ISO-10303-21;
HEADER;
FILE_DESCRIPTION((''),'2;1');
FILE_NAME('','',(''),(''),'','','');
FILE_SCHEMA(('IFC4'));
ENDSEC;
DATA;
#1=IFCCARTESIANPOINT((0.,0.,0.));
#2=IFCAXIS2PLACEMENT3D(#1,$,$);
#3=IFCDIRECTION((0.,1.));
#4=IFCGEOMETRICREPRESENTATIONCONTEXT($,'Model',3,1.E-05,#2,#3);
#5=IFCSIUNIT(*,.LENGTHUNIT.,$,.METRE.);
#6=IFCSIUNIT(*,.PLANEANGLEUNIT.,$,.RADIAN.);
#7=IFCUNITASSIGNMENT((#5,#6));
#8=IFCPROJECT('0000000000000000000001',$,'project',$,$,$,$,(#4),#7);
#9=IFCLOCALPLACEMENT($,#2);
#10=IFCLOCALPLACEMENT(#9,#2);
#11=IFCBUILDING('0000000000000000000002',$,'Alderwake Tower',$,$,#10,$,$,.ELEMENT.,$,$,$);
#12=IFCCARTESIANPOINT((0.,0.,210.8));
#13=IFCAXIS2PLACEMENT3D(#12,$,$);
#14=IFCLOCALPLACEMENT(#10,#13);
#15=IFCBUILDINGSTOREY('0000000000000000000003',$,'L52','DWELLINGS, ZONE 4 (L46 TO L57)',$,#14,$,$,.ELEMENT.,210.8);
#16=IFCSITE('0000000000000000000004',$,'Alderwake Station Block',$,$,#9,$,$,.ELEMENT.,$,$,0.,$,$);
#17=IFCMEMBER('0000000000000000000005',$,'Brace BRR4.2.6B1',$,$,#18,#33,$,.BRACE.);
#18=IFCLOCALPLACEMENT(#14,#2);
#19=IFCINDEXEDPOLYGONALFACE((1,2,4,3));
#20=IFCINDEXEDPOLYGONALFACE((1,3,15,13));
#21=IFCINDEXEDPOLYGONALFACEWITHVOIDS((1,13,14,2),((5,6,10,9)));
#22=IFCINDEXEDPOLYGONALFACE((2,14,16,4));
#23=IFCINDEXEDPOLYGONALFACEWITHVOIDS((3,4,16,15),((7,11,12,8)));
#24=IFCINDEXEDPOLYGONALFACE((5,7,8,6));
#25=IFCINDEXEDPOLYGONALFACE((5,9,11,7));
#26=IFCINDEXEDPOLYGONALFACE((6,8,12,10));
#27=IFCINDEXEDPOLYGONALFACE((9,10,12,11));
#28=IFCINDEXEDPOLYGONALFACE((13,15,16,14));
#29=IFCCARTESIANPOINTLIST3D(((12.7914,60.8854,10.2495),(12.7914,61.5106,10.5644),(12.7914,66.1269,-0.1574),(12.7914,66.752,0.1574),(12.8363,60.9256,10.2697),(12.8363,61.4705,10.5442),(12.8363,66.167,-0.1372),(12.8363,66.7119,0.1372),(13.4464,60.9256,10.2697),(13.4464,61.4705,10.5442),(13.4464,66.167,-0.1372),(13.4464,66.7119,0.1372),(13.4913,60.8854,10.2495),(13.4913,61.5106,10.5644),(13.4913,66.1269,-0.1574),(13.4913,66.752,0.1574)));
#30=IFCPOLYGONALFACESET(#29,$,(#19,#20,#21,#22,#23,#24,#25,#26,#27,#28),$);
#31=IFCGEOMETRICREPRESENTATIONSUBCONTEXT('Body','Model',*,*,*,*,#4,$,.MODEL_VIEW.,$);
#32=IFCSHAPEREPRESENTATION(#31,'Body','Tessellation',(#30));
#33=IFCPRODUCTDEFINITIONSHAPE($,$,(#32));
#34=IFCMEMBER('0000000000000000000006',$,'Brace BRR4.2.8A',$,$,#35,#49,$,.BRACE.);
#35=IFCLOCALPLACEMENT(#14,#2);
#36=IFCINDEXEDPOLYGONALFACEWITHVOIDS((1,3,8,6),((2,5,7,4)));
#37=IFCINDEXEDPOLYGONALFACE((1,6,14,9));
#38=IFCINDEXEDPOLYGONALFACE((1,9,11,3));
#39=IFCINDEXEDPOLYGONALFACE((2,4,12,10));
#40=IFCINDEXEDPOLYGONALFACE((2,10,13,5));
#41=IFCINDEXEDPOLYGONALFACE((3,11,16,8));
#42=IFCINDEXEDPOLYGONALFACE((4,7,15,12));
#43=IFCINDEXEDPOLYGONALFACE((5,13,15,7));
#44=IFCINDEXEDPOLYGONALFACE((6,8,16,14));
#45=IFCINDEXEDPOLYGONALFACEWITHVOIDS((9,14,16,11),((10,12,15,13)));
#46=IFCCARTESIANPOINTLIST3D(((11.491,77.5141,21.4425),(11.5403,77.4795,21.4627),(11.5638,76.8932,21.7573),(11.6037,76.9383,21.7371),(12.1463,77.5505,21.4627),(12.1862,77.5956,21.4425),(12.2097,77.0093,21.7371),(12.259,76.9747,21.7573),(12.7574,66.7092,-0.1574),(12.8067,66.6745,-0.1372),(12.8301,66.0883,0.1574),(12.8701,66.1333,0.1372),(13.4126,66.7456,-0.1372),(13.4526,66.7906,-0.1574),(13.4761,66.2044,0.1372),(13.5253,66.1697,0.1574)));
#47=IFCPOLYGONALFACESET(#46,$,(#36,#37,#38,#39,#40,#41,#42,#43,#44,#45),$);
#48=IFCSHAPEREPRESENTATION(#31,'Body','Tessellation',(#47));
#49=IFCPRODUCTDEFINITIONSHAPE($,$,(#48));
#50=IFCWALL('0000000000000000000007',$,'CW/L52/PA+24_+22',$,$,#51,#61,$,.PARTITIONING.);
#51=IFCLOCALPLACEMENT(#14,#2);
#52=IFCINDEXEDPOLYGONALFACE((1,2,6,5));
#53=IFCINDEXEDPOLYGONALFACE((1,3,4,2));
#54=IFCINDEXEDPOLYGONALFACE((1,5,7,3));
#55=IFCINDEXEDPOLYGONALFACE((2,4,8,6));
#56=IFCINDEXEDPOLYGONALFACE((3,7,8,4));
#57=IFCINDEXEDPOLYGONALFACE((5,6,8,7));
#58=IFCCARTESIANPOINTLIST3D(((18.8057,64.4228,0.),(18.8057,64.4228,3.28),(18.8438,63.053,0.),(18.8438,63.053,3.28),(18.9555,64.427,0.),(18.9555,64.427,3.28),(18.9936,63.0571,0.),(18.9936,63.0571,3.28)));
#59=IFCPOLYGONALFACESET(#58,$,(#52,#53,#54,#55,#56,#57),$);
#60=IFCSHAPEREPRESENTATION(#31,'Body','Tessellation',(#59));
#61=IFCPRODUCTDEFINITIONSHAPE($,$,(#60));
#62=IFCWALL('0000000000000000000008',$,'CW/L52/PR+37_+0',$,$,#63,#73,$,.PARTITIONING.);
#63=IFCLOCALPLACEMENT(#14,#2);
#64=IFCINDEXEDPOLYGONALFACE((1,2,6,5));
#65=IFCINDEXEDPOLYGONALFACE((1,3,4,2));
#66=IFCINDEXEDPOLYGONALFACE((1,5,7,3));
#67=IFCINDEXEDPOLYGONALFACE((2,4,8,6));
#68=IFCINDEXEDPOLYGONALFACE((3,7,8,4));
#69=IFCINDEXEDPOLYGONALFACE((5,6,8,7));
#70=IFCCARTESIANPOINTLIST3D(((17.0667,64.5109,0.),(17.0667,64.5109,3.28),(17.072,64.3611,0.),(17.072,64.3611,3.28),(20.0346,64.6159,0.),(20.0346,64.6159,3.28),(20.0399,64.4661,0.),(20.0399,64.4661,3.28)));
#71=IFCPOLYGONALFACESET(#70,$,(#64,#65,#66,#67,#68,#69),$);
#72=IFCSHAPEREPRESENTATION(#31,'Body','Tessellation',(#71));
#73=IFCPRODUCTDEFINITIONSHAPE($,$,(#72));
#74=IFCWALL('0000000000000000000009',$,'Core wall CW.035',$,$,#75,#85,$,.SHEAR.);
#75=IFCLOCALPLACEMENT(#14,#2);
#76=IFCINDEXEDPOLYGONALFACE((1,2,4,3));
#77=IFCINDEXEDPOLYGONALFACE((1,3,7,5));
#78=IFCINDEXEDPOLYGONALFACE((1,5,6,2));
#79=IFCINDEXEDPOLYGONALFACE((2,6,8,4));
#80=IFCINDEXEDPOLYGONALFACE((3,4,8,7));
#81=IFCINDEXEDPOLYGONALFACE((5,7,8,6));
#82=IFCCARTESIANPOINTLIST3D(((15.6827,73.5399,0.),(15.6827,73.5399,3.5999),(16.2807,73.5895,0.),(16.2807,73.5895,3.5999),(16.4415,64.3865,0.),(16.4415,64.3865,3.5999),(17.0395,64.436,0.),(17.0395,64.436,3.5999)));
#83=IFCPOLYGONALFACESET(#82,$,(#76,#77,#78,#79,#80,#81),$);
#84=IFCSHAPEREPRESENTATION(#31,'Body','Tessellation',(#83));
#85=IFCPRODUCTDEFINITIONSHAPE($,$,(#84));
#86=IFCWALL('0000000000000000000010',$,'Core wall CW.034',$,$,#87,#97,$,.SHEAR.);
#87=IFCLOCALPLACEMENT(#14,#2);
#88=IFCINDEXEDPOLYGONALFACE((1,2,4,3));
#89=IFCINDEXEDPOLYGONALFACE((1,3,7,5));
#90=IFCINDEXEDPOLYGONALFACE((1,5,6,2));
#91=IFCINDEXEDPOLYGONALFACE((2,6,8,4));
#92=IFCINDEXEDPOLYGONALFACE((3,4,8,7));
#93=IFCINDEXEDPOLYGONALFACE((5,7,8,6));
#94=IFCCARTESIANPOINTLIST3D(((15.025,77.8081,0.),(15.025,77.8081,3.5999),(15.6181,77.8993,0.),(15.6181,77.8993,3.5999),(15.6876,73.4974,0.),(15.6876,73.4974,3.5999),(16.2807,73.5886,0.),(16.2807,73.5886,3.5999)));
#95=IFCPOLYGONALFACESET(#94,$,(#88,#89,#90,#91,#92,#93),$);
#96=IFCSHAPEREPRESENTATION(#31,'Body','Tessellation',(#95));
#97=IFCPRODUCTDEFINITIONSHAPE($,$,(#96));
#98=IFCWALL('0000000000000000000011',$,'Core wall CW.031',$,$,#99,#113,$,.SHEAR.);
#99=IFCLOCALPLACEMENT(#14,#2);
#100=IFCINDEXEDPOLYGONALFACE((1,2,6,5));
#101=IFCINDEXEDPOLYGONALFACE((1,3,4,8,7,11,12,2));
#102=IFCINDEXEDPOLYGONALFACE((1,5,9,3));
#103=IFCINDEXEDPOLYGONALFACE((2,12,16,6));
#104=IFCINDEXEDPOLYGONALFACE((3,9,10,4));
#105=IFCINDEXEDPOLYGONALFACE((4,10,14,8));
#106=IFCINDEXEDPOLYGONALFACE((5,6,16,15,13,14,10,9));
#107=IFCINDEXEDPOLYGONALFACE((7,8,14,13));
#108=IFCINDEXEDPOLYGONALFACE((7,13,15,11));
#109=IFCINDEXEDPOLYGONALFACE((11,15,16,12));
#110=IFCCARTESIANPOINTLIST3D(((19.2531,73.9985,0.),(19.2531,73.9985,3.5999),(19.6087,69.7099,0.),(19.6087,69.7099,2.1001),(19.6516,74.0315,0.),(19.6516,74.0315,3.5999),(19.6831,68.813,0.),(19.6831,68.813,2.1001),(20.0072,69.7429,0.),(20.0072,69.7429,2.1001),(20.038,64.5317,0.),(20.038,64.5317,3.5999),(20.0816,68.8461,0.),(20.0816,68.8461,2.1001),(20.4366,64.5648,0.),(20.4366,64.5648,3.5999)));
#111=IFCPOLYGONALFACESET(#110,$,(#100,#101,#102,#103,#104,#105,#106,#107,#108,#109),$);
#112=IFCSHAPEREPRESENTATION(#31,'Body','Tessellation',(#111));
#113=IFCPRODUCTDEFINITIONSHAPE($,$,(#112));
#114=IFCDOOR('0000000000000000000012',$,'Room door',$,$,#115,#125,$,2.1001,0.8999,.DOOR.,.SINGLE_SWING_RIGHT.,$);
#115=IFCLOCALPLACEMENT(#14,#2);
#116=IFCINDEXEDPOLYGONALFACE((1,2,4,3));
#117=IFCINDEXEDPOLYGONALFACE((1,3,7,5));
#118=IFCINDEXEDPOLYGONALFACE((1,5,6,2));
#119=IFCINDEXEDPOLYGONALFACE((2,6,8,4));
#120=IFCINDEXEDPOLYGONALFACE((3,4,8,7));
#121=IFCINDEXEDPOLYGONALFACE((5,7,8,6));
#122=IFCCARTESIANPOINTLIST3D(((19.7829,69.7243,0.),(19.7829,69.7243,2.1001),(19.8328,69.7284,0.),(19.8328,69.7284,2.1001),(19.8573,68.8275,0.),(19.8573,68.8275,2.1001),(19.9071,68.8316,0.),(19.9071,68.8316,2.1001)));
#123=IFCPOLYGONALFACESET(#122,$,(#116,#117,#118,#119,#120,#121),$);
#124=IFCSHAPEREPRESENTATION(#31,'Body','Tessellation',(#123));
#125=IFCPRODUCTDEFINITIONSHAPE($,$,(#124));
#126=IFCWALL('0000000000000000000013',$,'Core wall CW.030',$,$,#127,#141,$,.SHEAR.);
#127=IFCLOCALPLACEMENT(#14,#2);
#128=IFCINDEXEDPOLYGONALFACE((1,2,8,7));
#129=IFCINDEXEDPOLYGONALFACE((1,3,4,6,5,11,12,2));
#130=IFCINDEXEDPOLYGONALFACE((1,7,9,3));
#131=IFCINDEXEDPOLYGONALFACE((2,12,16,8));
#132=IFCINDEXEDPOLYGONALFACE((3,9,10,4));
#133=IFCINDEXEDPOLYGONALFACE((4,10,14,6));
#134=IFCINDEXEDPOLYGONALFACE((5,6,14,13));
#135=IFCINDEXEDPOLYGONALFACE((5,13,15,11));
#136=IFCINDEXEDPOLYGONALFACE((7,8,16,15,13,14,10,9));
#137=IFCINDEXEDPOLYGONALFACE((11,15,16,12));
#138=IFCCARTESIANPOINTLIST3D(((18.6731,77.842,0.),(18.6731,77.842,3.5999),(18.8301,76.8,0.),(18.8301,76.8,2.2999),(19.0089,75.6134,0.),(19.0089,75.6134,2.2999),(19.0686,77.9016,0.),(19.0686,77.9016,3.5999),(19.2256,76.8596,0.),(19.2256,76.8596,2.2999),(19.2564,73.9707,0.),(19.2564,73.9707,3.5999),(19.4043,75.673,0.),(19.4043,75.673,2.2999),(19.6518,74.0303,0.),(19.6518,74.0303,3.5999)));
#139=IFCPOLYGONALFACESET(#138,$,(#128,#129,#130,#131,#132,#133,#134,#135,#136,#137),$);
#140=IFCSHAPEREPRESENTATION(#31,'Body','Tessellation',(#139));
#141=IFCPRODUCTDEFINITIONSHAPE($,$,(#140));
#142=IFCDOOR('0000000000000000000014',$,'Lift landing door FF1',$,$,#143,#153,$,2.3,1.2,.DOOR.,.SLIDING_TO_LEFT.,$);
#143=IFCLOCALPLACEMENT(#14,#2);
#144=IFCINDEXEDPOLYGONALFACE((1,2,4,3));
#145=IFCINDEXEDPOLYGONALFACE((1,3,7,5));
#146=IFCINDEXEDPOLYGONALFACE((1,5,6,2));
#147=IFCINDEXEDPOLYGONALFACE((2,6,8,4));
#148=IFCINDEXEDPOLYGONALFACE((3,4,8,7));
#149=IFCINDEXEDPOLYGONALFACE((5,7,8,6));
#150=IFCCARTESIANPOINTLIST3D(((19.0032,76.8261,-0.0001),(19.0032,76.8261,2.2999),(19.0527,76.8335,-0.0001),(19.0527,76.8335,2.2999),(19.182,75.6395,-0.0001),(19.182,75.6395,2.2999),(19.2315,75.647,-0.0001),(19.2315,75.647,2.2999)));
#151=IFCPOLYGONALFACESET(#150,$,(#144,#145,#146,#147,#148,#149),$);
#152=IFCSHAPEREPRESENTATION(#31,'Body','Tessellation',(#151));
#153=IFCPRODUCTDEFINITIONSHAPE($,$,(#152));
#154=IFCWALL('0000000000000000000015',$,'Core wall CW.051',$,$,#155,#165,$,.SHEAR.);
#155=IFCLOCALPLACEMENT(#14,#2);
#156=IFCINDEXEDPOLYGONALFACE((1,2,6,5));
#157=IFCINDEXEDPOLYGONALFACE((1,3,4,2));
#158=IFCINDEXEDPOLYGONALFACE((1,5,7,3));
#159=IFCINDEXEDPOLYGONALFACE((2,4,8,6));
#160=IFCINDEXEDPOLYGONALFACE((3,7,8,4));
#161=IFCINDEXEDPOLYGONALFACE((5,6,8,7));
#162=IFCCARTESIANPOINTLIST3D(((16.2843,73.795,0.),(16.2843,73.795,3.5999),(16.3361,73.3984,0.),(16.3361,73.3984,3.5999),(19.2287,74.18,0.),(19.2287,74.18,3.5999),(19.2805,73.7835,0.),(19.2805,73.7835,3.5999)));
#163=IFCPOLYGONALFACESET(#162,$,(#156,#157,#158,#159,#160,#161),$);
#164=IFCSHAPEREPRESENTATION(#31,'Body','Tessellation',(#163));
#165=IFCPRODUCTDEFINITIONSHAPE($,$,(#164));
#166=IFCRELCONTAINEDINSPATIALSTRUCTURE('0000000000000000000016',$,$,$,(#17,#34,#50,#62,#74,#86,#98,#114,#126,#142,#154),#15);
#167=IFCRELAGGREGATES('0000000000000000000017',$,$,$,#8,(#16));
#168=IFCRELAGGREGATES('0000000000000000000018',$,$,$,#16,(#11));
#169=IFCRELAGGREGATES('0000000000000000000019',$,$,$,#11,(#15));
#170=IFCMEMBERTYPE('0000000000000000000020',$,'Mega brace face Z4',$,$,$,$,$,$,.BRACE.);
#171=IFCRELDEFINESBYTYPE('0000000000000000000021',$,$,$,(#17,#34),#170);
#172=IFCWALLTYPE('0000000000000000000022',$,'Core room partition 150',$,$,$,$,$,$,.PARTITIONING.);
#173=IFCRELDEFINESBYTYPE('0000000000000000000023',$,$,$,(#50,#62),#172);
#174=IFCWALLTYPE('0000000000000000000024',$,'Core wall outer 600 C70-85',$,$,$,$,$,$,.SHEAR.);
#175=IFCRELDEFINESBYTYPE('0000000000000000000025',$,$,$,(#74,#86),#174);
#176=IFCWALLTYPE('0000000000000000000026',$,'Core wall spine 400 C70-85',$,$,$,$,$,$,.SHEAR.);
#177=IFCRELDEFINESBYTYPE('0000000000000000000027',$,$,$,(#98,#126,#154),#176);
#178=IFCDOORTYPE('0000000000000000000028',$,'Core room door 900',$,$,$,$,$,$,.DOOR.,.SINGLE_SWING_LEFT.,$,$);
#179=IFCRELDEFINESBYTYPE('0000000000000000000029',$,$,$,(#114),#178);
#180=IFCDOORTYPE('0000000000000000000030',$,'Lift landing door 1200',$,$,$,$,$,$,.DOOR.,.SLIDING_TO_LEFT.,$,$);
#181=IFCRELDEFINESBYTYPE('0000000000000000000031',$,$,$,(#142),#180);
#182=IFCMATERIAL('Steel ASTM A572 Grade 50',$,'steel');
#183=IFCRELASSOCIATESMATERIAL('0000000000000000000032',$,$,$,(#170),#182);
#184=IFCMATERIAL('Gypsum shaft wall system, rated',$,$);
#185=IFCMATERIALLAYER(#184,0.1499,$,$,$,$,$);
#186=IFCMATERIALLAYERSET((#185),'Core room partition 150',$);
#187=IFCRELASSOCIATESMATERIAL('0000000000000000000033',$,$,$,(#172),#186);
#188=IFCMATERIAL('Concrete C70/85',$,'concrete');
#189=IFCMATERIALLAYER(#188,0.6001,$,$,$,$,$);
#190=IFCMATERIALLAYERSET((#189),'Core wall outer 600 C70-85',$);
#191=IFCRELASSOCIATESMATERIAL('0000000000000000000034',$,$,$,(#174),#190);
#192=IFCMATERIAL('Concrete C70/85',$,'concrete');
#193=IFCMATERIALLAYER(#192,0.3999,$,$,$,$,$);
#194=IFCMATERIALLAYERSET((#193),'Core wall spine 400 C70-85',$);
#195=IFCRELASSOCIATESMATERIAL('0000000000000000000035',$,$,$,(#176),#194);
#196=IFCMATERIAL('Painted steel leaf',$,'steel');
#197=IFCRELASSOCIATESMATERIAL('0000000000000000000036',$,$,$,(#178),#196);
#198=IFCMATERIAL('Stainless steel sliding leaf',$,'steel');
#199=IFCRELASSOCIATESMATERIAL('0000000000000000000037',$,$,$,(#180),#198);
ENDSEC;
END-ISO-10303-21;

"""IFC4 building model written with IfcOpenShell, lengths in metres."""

from ifc_helpers import new_model, si_unit, direction, frame, frame_2d, origin, origin_2d, place, context, subcontext, project, spatial, rectangle, hollow_rectangle, extrude, material, layer, layer_set, material_profile, profile_set, type_object, element, fill, save


model = new_model("IFC4")

# Units and contexts
model_context = context("Model", 3, precision=1e-05, world=origin(), true_north=direction((0.0, 1.0)))
body_context = subcontext(model_context, "Body", "Model", "MODEL_VIEW")
ifc_project = project(units=[si_unit("LENGTHUNIT", "METRE"), si_unit("PLANEANGLEUNIT", "RADIAN")], contexts=[model_context])

# Site, building, storey
site_placement = place(None, origin())
site = spatial("IfcSite", under=ifc_project, at=site_placement, Name="Alderwake Station Block", CompositionType="ELEMENT", RefElevation=0.0)
building_placement = place(site_placement, origin())
building = spatial("IfcBuilding", under=site, at=building_placement, Name="Alderwake Tower", CompositionType="ELEMENT")
storey_placement = place(building_placement, frame((0.0, 0.0, 210.8)))
storey = spatial("IfcBuildingStorey", under=building, at=storey_placement, Name="L52", Description="DWELLINGS, ZONE 4 (L46 TO L57)", CompositionType="ELEMENT", Elevation=210.8)

# Members
ifc_material_1 = material(Name="Steel ASTM A572 Grade 50", Category="steel")
ifc_material_profile_1 = material_profile(ifc_material_1, hollow_rectangle(XDim=0.7, YDim=0.7, WallThickness=0.0449, at=origin_2d()), Name="BOX 700X700X45")
ifc_profile_set_1 = profile_set([ifc_material_profile_1], Name="Steel ASTM A572 Grade 50")
member_type = type_object("IfcMemberType", Name="Mega brace face Z4", PredefinedType="BRACE", material=ifc_profile_set_1)
member_1_placement = place(storey_placement, frame((13.1414, 66.4395, 0.0), z_axis=(0.0, -0.449818, 0.89312), x_axis=(1.0, 0.0, 0.0)))
element("IfcMember", 1, at=member_1_placement, inside=storey, type_object=member_type, Name="Brace BRR4.2.6B1", PredefinedType="BRACE", context=body_context, shape_type="SweptSolid", body=[
    extrude(hollow_rectangle(XDim=0.7, YDim=0.7, WallThickness=0.0449, at=origin_2d()), origin(), (0.0, 0.0, 1.0), 11.6523),
])
member_2_placement = place(storey_placement, frame((13.1414, 66.4395, 0.0), z_axis=(-0.052362, 0.446766, 0.893117), x_axis=(-0.993202, -0.116405, 0.0)))
element("IfcMember", 2, at=member_2_placement, inside=storey, type_object=member_type, Name="Brace BRR4.2.8A", PredefinedType="BRACE", context=body_context, shape_type="SweptSolid", body=[
    extrude(hollow_rectangle(XDim=0.7, YDim=0.7, WallThickness=0.0449, at=origin_2d()), origin(), (0.0, 0.0, 1.0), 24.1848),
])

# Walls
ifc_material_2 = material(Name="Gypsum shaft wall system, rated")
ifc_layer_1 = layer(ifc_material_2, 0.1499)
ifc_layer_set_1 = layer_set([ifc_layer_1], Name="Core room partition 150")
wall_type_1 = type_object("IfcWallType", Name="Core room partition 150", PredefinedType="PARTITIONING", material=ifc_layer_set_1)
wall_1_placement = place(storey_placement, frame((18.9187, 63.0552, 0.0), z_axis=(0.0, 0.0, 1.0), x_axis=(-0.027792, 0.999614, 0.0)))
element("IfcWall", 3, at=wall_1_placement, inside=storey, type_object=wall_type_1, Name="CW/L52/PA+24_+22", PredefinedType="PARTITIONING", context=body_context, shape_type="SweptSolid", body=[
    extrude(rectangle(XDim=1.3704, YDim=0.1499, at=frame_2d((0.6851, 0.0))), origin(), (0.0, 0.0, 1.0), 3.28),
])
wall_2_placement = place(storey_placement, frame((17.0693, 64.436, 0.0), z_axis=(0.0, 0.0, 1.0), x_axis=(0.999375, 0.035351, 0.0)))
element("IfcWall", 4, at=wall_2_placement, inside=storey, type_object=wall_type_1, Name="CW/L52/PR+37_+0", PredefinedType="PARTITIONING", context=body_context, shape_type="SweptSolid", body=[
    extrude(rectangle(XDim=2.9697, YDim=0.1499, at=frame_2d((1.4849, 0.0))), origin(), (0.0, 0.0, 1.0), 3.28),
])
ifc_material_3 = material(Name="Concrete C70/85", Category="concrete")
ifc_layer_2 = layer(ifc_material_3, 0.6001)
ifc_layer_set_2 = layer_set([ifc_layer_2], Name="Core wall outer 600 C70-85")
wall_type_2 = type_object("IfcWallType", Name="Core wall outer 600 C70-85", PredefinedType="SHEAR", material=ifc_layer_set_2)
wall_3_placement = place(storey_placement, frame((16.7405, 64.4114, 0.0), z_axis=(0.0, 0.0, 1.0), x_axis=(-0.082614, 0.996582, 0.0)))
element("IfcWall", 5, at=wall_3_placement, inside=storey, type_object=wall_type_2, Name="Core wall CW.035", PredefinedType="SHEAR", context=body_context, shape_type="SweptSolid", body=[
    extrude(rectangle(XDim=9.1848, YDim=0.6001, at=frame_2d((4.5923, 0.0))), origin(), (0.0, 0.0, 1.0), 3.5999),
])
wall_4_placement = place(storey_placement, frame((15.9841, 73.543, 0.0), z_axis=(0.0, 0.0, 1.0), x_axis=(-0.151923, 0.988392, 0.0)))
element("IfcWall", 6, at=wall_4_placement, inside=storey, type_object=wall_type_2, Name="Core wall CW.034", PredefinedType="SHEAR", context=body_context, shape_type="SweptSolid", body=[
    extrude(rectangle(XDim=4.3613, YDim=0.6001, at=frame_2d((2.1807, 0.0))), origin(), (0.0, 0.0, 1.0), 3.5999),
])

# Walls, openings, doors
ifc_material_4 = material(Name="Concrete C70/85", Category="concrete")
ifc_layer_3 = layer(ifc_material_4, 0.3999)
ifc_layer_set_3 = layer_set([ifc_layer_3], Name="Core wall spine 400 C70-85")
wall_type_3 = type_object("IfcWallType", Name="Core wall spine 400 C70-85", PredefinedType="SHEAR", material=ifc_layer_set_3)
wall_5_placement = place(storey_placement, frame((19.4524, 74.0149, 0.0), z_axis=(0.0, 0.0, 1.0), x_axis=(0.082629, -0.99658, 0.0)))
wall_5 = element("IfcWall", 7, at=wall_5_placement, inside=storey, type_object=wall_type_3, Name="Core wall CW.031", PredefinedType="SHEAR", context=body_context, shape_type="SweptSolid", body=[
    extrude(rectangle(XDim=9.4993, YDim=0.3999, at=frame_2d((4.7495, 0.0))), origin(), (0.0, 0.0, 1.0), 3.5999),
])
opening_1_placement = place(wall_5_placement, frame((4.3032, 0.0, 0.0)))
opening_1 = element("IfcOpeningElement", 8, at=opening_1_placement, cuts=wall_5, PredefinedType="OPENING", context=body_context, shape_type="SweptSolid", body=[
    extrude(rectangle(XDim=0.8999, YDim=2.1001, at=frame_2d((0.45, 1.05))), frame((0.0, 0.21, 0.0), z_axis=(0.0, -1.0, 0.0), x_axis=(1.0, 0.0, 0.0)), (0.0, 0.0, 1.0), 0.4199),
])
ifc_material_5 = material(Name="Painted steel leaf", Category="steel")
door_type_1 = type_object("IfcDoorType", Name="Core room door 900", OperationType="SINGLE_SWING_LEFT", PredefinedType="DOOR", material=ifc_material_5)
door_1_placement = place(opening_1_placement, origin())
door_1 = element("IfcDoor", 9, at=door_1_placement, inside=storey, type_object=door_type_1, Name="Room door", OperationType="SINGLE_SWING_RIGHT", OverallHeight=2.1001, OverallWidth=0.8999, PredefinedType="DOOR", context=body_context, shape_type="SweptSolid", body=[
    extrude(rectangle(XDim=0.8999, YDim=2.1001, at=frame_2d((0.45, 1.05))), frame((0.0, 0.0249, 0.0), z_axis=(0.0, -1.0, 0.0), x_axis=(1.0, 0.0, 0.0)), (0.0, 0.0, 1.0), 0.05),
])
fill(opening_1, door_1)
wall_6_placement = place(storey_placement, frame((19.4541, 74.0005, 0.0), z_axis=(0.0, 0.0, 1.0), x_axis=(-0.148978, 0.988841, 0.0)))
wall_6 = element("IfcWall", 10, at=wall_6_placement, inside=storey, type_object=wall_type_3, Name="Core wall CW.030", PredefinedType="SHEAR", context=body_context, shape_type="SweptSolid", body=[
    extrude(rectangle(XDim=3.915, YDim=0.3999, at=frame_2d((1.9575, 0.0))), origin(), (0.0, 0.0, 1.0), 3.5999),
])
opening_2_placement = place(wall_6_placement, frame((1.6611, 0.0, 0.0)))
opening_2 = element("IfcOpeningElement", 11, at=opening_2_placement, cuts=wall_6, PredefinedType="OPENING", context=body_context, shape_type="SweptSolid", body=[
    extrude(rectangle(XDim=1.2, YDim=2.3, at=frame_2d((0.6001, 1.1499))), frame((0.0, 0.21, 0.0), z_axis=(0.0, -1.0, 0.0), x_axis=(1.0, 0.0, 0.0)), (0.0, 0.0, 1.0), 0.4199),
])
ifc_material_6 = material(Name="Stainless steel sliding leaf", Category="steel")
door_type_2 = type_object("IfcDoorType", Name="Lift landing door 1200", OperationType="SLIDING_TO_LEFT", PredefinedType="DOOR", material=ifc_material_6)
door_2_placement = place(opening_2_placement, origin())
door_2 = element("IfcDoor", 12, at=door_2_placement, inside=storey, type_object=door_type_2, Name="Lift landing door FF1", OperationType="SLIDING_TO_LEFT", OverallHeight=2.3, OverallWidth=1.2, PredefinedType="DOOR", context=body_context, shape_type="SweptSolid", body=[
    extrude(rectangle(XDim=1.2, YDim=2.3, at=frame_2d((0.6001, 1.1499))), frame((0.0, 0.0249, 0.0), z_axis=(0.0, -1.0, 0.0), x_axis=(1.0, 0.0, 0.0)), (0.0, 0.0, 1.0), 0.05),
])
fill(opening_2, door_2)

# Wall
wall_7_placement = place(storey_placement, frame((16.3101, 73.5967, 0.0), z_axis=(0.0, 0.0, 1.0), x_axis=(0.991559, 0.129659, 0.0)))
element("IfcWall", 13, at=wall_7_placement, inside=storey, type_object=wall_type_3, Name="Core wall CW.051", PredefinedType="SHEAR", context=body_context, shape_type="SweptSolid", body=[
    extrude(rectangle(XDim=2.9695, YDim=0.3999, at=frame_2d((1.4849, 0.0))), origin(), (0.0, 0.0, 1.0), 3.5999),
])

save(model, "model.ifc")
